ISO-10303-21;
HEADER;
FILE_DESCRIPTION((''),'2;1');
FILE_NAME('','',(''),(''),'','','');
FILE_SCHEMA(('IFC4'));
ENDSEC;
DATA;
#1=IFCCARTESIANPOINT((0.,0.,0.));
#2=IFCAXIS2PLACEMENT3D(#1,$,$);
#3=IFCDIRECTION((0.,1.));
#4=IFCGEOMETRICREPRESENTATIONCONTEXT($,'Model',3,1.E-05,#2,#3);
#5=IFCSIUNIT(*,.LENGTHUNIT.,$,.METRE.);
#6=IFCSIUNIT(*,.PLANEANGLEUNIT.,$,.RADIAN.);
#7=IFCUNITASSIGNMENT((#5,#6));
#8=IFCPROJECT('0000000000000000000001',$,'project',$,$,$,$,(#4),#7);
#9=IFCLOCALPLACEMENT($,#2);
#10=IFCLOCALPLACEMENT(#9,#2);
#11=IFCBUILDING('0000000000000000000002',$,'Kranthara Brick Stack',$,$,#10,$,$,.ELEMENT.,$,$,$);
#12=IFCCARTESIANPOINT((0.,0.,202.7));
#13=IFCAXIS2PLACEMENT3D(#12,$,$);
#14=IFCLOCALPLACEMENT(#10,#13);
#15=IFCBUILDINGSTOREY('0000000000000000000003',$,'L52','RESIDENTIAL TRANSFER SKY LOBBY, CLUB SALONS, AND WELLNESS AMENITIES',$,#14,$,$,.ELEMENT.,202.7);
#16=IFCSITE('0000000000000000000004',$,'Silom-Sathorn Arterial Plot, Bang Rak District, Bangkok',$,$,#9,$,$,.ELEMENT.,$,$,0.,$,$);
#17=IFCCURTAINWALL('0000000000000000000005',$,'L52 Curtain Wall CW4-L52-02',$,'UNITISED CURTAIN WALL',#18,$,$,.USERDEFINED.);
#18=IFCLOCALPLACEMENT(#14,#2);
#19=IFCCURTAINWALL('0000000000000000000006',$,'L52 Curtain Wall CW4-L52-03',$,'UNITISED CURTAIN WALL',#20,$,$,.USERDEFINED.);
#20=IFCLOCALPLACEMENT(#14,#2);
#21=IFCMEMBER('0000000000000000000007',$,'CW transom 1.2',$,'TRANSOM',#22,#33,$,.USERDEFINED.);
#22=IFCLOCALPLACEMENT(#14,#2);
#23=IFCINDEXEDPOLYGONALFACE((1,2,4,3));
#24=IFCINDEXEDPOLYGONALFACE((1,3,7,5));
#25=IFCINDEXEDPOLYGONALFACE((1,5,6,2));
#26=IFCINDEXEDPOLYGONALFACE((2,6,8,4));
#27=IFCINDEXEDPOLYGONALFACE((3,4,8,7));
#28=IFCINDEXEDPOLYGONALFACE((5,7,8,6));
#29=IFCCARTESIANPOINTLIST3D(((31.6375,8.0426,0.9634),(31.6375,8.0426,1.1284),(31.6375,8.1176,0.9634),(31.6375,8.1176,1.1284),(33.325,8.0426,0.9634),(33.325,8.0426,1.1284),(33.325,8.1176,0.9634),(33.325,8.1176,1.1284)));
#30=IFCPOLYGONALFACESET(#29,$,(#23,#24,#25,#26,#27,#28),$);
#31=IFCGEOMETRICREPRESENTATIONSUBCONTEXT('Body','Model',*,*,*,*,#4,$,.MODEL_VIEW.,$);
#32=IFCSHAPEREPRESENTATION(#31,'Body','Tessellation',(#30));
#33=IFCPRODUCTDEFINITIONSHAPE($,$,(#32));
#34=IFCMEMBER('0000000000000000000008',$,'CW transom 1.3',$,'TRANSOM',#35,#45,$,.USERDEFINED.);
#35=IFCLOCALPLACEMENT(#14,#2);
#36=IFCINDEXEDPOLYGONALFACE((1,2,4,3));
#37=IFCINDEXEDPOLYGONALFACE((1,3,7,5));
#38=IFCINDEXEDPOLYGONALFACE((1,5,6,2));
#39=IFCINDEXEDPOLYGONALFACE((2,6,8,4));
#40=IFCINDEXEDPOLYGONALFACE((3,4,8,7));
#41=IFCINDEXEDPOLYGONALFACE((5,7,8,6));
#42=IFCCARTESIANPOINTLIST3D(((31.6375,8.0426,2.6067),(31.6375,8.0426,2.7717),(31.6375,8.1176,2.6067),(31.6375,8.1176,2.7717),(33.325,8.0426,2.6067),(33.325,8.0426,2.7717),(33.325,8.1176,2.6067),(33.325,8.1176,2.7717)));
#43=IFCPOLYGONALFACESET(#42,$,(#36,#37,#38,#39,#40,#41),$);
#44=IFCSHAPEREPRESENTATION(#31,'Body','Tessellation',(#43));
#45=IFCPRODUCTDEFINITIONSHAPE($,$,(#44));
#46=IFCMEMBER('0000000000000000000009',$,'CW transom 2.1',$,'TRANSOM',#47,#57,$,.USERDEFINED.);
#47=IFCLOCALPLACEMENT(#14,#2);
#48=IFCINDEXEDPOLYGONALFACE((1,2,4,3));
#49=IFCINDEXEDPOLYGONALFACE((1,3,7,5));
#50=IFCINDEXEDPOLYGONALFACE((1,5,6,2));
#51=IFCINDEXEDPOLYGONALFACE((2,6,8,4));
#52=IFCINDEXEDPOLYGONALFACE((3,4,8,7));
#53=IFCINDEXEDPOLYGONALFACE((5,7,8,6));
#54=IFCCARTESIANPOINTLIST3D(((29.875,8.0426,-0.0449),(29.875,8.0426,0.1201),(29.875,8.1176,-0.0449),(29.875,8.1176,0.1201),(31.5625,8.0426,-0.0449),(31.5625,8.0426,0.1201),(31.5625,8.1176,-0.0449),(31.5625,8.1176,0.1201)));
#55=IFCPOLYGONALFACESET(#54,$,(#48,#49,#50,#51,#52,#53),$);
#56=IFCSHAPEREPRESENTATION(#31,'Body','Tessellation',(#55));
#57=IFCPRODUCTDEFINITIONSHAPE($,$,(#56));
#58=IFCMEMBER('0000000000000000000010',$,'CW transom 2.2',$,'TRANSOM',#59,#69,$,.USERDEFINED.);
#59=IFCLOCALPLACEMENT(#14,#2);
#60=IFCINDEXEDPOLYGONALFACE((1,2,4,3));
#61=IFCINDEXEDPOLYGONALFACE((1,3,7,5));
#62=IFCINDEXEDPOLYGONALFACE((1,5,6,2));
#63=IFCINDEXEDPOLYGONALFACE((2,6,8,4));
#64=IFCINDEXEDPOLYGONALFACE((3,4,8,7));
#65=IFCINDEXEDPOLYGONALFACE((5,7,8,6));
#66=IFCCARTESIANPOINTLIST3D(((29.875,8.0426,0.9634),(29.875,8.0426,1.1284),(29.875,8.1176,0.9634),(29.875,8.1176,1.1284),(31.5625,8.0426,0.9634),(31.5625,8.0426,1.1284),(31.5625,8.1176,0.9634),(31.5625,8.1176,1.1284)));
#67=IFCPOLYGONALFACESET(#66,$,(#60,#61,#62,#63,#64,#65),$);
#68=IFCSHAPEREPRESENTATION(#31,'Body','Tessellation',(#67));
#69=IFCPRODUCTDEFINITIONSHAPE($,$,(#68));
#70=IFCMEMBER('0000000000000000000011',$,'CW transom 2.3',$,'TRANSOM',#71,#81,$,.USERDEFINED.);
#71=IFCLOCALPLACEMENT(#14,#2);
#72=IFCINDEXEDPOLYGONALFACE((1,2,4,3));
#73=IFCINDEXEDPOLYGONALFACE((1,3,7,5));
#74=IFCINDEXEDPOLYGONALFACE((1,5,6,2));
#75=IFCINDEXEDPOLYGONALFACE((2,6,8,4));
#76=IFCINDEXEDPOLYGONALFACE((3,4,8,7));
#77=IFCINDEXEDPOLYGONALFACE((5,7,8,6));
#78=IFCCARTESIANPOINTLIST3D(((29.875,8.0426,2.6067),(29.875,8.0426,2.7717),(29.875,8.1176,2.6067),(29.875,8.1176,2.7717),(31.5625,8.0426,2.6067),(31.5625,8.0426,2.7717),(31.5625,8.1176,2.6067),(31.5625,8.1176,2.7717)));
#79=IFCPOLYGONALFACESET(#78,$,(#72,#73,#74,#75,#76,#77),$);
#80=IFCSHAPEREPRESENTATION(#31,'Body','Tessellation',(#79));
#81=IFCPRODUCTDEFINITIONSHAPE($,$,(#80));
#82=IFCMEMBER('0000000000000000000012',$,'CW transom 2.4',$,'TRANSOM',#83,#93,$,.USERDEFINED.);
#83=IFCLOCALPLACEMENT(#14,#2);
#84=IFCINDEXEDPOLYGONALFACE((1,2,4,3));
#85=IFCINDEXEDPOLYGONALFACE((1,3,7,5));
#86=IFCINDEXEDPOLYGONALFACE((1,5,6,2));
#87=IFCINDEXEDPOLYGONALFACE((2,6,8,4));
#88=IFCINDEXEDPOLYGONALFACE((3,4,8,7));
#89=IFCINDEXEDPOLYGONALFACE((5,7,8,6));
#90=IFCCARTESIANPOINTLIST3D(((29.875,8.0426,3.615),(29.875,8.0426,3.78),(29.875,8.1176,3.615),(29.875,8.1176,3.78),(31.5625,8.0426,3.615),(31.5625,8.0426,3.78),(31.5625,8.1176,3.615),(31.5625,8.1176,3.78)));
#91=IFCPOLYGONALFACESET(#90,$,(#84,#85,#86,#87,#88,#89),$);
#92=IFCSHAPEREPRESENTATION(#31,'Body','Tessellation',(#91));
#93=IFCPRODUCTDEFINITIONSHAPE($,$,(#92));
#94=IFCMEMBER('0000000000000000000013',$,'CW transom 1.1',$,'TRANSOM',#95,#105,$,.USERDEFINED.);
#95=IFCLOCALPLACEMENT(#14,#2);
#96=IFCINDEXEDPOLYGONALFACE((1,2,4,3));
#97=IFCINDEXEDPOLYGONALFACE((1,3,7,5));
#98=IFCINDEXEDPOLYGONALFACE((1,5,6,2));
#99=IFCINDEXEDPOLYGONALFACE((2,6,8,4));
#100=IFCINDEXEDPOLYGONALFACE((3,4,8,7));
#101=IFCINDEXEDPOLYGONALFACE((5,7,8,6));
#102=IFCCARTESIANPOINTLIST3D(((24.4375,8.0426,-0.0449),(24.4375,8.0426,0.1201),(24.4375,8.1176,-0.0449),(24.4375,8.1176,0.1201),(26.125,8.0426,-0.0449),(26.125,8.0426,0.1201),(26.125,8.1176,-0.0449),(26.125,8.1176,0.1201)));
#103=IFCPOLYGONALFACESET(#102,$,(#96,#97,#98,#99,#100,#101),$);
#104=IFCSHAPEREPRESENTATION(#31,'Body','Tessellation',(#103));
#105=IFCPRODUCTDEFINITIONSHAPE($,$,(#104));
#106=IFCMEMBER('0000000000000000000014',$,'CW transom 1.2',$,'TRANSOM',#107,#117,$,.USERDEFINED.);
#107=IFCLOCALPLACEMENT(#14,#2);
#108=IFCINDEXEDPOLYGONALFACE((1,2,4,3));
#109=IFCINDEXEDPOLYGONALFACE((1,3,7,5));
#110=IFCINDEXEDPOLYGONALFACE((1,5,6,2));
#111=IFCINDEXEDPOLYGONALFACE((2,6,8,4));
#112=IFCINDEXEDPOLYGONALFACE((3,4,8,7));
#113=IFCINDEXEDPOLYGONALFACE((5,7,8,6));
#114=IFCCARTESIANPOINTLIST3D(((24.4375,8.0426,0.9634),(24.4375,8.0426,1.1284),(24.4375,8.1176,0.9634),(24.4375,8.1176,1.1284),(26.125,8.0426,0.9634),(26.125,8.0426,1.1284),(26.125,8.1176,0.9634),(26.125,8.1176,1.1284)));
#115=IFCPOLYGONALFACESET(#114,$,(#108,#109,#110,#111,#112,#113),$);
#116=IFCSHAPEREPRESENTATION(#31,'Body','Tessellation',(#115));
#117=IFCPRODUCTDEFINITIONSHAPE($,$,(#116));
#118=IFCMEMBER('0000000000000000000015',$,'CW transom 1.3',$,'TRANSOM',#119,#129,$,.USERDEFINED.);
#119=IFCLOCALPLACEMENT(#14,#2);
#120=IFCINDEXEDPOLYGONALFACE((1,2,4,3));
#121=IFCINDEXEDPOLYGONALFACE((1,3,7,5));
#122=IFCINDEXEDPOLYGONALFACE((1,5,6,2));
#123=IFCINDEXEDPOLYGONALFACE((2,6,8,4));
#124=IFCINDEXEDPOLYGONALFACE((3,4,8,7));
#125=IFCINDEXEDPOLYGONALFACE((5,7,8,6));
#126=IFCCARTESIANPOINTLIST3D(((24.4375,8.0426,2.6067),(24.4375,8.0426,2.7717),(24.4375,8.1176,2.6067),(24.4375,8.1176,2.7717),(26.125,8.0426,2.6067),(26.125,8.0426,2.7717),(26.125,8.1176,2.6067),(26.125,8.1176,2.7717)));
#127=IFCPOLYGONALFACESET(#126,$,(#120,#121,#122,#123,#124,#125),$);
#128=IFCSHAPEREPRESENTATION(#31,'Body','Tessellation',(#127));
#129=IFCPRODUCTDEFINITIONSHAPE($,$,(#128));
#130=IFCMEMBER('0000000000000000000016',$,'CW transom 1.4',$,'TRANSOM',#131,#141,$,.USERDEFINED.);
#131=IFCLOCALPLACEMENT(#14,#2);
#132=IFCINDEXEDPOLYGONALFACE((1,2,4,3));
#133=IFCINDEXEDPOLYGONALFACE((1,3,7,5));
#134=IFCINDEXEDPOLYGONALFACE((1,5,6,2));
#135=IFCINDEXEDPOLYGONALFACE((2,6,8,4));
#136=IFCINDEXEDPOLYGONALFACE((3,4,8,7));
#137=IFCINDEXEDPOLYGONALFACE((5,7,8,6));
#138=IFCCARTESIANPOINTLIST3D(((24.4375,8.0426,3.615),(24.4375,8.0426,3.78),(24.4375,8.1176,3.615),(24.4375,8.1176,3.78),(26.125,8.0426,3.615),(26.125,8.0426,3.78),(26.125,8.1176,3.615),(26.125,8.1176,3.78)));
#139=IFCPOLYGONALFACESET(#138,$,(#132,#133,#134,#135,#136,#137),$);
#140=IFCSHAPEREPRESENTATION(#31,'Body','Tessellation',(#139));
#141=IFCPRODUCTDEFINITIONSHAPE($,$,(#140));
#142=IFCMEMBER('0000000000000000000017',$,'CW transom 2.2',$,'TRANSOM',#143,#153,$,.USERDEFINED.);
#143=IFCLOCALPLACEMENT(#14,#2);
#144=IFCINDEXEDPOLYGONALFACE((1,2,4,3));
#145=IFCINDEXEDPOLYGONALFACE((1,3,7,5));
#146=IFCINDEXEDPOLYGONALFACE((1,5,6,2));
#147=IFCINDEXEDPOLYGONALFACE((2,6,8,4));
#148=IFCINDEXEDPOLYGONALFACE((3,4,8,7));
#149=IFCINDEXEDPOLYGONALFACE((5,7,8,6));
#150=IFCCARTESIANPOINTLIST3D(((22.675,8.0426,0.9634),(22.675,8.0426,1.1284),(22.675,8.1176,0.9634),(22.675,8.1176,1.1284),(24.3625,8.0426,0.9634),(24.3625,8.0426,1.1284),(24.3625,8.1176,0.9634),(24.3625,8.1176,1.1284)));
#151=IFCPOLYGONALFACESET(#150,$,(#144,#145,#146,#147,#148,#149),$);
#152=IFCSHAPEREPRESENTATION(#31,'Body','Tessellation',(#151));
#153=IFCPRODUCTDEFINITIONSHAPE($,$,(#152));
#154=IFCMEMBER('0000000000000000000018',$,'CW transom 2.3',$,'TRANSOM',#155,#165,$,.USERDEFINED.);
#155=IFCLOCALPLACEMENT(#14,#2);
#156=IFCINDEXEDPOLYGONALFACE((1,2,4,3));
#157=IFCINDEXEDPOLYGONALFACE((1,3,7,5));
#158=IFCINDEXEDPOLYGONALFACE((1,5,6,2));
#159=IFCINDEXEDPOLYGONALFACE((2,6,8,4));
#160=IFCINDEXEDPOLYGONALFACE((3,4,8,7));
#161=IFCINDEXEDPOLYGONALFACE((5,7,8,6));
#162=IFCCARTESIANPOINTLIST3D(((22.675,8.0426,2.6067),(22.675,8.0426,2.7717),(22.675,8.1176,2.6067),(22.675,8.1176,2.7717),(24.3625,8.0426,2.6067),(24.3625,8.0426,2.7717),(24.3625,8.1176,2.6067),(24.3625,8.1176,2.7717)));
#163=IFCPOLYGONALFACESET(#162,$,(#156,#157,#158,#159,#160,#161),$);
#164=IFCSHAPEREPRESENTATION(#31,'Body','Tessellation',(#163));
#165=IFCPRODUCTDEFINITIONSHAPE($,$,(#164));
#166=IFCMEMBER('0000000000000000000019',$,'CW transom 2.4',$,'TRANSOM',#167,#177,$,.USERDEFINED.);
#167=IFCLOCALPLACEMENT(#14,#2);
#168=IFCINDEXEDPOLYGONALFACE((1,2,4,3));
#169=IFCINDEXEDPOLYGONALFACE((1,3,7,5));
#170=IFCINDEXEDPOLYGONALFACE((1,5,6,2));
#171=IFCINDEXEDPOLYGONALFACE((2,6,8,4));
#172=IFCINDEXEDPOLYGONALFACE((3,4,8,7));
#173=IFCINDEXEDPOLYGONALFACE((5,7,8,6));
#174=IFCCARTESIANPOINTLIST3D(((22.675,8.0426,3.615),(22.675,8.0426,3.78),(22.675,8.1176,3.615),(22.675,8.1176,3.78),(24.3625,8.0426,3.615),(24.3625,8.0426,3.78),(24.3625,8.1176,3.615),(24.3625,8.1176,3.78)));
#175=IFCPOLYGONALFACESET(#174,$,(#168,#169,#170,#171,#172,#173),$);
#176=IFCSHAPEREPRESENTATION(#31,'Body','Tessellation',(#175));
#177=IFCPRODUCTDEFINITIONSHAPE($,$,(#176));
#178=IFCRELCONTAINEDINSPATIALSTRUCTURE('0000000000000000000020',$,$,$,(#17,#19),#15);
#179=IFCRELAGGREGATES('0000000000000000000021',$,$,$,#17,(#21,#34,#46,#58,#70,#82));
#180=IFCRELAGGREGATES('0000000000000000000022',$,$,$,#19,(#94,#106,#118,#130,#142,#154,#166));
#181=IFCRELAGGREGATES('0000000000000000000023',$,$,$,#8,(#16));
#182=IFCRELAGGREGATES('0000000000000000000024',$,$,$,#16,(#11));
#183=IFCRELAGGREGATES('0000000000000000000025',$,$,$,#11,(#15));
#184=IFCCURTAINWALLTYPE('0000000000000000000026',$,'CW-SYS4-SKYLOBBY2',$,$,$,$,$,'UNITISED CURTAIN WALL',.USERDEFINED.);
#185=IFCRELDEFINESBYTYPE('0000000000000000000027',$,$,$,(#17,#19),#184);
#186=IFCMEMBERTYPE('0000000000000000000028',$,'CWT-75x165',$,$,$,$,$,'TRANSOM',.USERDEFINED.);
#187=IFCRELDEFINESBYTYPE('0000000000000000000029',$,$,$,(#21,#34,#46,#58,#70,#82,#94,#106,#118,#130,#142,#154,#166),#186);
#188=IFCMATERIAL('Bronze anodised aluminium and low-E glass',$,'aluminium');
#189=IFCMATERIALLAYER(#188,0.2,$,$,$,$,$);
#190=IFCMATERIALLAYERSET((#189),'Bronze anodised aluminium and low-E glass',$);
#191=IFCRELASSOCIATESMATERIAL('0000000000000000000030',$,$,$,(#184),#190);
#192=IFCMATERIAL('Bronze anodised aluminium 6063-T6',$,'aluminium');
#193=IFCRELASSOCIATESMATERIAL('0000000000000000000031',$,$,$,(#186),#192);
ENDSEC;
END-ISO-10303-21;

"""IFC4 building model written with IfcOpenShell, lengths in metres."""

from ifc_helpers import new_model, si_unit, direction, frame, origin, origin_2d, place, context, subcontext, project, spatial, rectangle, extrude, material, layer, layer_set, material_profile, profile_set, type_object, element, aggregate, save


model = new_model("IFC4")

# Units and contexts
model_context = context("Model", 3, precision=1e-05, world=origin(), true_north=direction((0.0, 1.0)))
body_context = subcontext(model_context, "Body", "Model", "MODEL_VIEW")
ifc_project = project(units=[si_unit("LENGTHUNIT", "METRE"), si_unit("PLANEANGLEUNIT", "RADIAN")], contexts=[model_context])

# Site, building, storey
site_placement = place(None, origin())
site = spatial("IfcSite", under=ifc_project, at=site_placement, Name="Silom-Sathorn Arterial Plot, Bang Rak District, Bangkok", CompositionType="ELEMENT", RefElevation=0.0)
building_placement = place(site_placement, origin())
building = spatial("IfcBuilding", under=site, at=building_placement, Name="Kranthara Brick Stack", CompositionType="ELEMENT")
storey_placement = place(building_placement, frame((0.0, 0.0, 202.7)))
storey = spatial("IfcBuildingStorey", under=building, at=storey_placement, Name="L52", Description="RESIDENTIAL TRANSFER SKY LOBBY, CLUB SALONS, AND WELLNESS AMENITIES", CompositionType="ELEMENT", Elevation=202.7)

# Curtain walls
ifc_material_1 = material(Name="Bronze anodised aluminium and low-E glass", Category="aluminium")
ifc_layer_1 = layer(ifc_material_1, 0.2)
ifc_layer_set_1 = layer_set([ifc_layer_1], Name="Bronze anodised aluminium and low-E glass")
curtain_wall_type = type_object("IfcCurtainWallType", Name="CW-SYS4-SKYLOBBY2", ElementType="UNITISED CURTAIN WALL", PredefinedType="USERDEFINED", material=ifc_layer_set_1)
curtain_wall_1_placement = place(storey_placement, origin())
curtain_wall_1 = element("IfcCurtainWall", 1, at=curtain_wall_1_placement, inside=storey, type_object=curtain_wall_type, Name="L52 Curtain Wall CW4-L52-02", ObjectType="UNITISED CURTAIN WALL", PredefinedType="USERDEFINED")
curtain_wall_2_placement = place(storey_placement, origin())
curtain_wall_2 = element("IfcCurtainWall", 2, at=curtain_wall_2_placement, inside=storey, type_object=curtain_wall_type, Name="L52 Curtain Wall CW4-L52-03", ObjectType="UNITISED CURTAIN WALL", PredefinedType="USERDEFINED")

# Members
ifc_material_2 = material(Name="Bronze anodised aluminium 6063-T6", Category="aluminium")
ifc_material_profile_1 = material_profile(ifc_material_2, rectangle(XDim=0.075, YDim=0.165, at=origin_2d()), Name="ALU TRANSOM 75x165")
ifc_profile_set_1 = profile_set([ifc_material_profile_1], Name="Bronze anodised aluminium 6063-T6")
member_type_1 = type_object("IfcMemberType", Name="CWT-75x165", ElementType="TRANSOM", PredefinedType="USERDEFINED", material=ifc_profile_set_1)
member_1_placement = place(storey_placement, frame((33.325, 8.0801, 1.0459), z_axis=(-1.0, 0.0, 0.0), x_axis=(0.0, -1.0, 0.0)))
member_1 = element("IfcMember", 3, at=member_1_placement, type_object=member_type_1, Name="CW transom 1.2", ObjectType="TRANSOM", PredefinedType="USERDEFINED", context=body_context, shape_type="SweptSolid", body=[
    extrude(rectangle(XDim=0.075, YDim=0.165, at=origin_2d()), origin(), (0.0, 0.0, 1.0), 1.6875),
])
member_2_placement = place(storey_placement, frame((33.325, 8.0801, 2.6892), z_axis=(-1.0, 0.0, 0.0), x_axis=(0.0, -1.0, 0.0)))
member_2 = element("IfcMember", 4, at=member_2_placement, type_object=member_type_1, Name="CW transom 1.3", ObjectType="TRANSOM", PredefinedType="USERDEFINED", context=body_context, shape_type="SweptSolid", body=[
    extrude(rectangle(XDim=0.075, YDim=0.165, at=origin_2d()), origin(), (0.0, 0.0, 1.0), 1.6875),
])
member_3_placement = place(storey_placement, frame((31.5625, 8.0801, 0.0376), z_axis=(-1.0, 0.0, 0.0), x_axis=(0.0, -1.0, 0.0)))
member_3 = element("IfcMember", 5, at=member_3_placement, type_object=member_type_1, Name="CW transom 2.1", ObjectType="TRANSOM", PredefinedType="USERDEFINED", context=body_context, shape_type="SweptSolid", body=[
    extrude(rectangle(XDim=0.075, YDim=0.165, at=origin_2d()), origin(), (0.0, 0.0, 1.0), 1.6875),
])
member_4_placement = place(storey_placement, frame((31.5625, 8.0801, 1.0459), z_axis=(-1.0, 0.0, 0.0), x_axis=(0.0, -1.0, 0.0)))
member_4 = element("IfcMember", 6, at=member_4_placement, type_object=member_type_1, Name="CW transom 2.2", ObjectType="TRANSOM", PredefinedType="USERDEFINED", context=body_context, shape_type="SweptSolid", body=[
    extrude(rectangle(XDim=0.075, YDim=0.165, at=origin_2d()), origin(), (0.0, 0.0, 1.0), 1.6875),
])
member_5_placement = place(storey_placement, frame((31.5625, 8.0801, 2.6892), z_axis=(-1.0, 0.0, 0.0), x_axis=(0.0, -1.0, 0.0)))
member_5 = element("IfcMember", 7, at=member_5_placement, type_object=member_type_1, Name="CW transom 2.3", ObjectType="TRANSOM", PredefinedType="USERDEFINED", context=body_context, shape_type="SweptSolid", body=[
    extrude(rectangle(XDim=0.075, YDim=0.165, at=origin_2d()), origin(), (0.0, 0.0, 1.0), 1.6875),
])
member_6_placement = place(storey_placement, frame((31.5625, 8.0801, 3.6975), z_axis=(-1.0, 0.0, 0.0), x_axis=(0.0, -1.0, 0.0)))
member_6 = element("IfcMember", 8, at=member_6_placement, type_object=member_type_1, Name="CW transom 2.4", ObjectType="TRANSOM", PredefinedType="USERDEFINED", context=body_context, shape_type="SweptSolid", body=[
    extrude(rectangle(XDim=0.075, YDim=0.165, at=origin_2d()), origin(), (0.0, 0.0, 1.0), 1.6875),
])
member_7_placement = place(storey_placement, frame((26.125, 8.0801, 0.0376), z_axis=(-1.0, 0.0, 0.0), x_axis=(0.0, -1.0, 0.0)))
member_7 = element("IfcMember", 9, at=member_7_placement, type_object=member_type_1, Name="CW transom 1.1", ObjectType="TRANSOM", PredefinedType="USERDEFINED", context=body_context, shape_type="SweptSolid", body=[
    extrude(rectangle(XDim=0.075, YDim=0.165, at=origin_2d()), origin(), (0.0, 0.0, 1.0), 1.6875),
])
member_8_placement = place(storey_placement, frame((26.125, 8.0801, 1.0459), z_axis=(-1.0, 0.0, 0.0), x_axis=(0.0, -1.0, 0.0)))
member_8 = element("IfcMember", 10, at=member_8_placement, type_object=member_type_1, Name="CW transom 1.2", ObjectType="TRANSOM", PredefinedType="USERDEFINED", context=body_context, shape_type="SweptSolid", body=[
    extrude(rectangle(XDim=0.075, YDim=0.165, at=origin_2d()), origin(), (0.0, 0.0, 1.0), 1.6875),
])
member_9_placement = place(storey_placement, frame((26.125, 8.0801, 2.6892), z_axis=(-1.0, 0.0, 0.0), x_axis=(0.0, -1.0, 0.0)))
member_9 = element("IfcMember", 11, at=member_9_placement, type_object=member_type_1, Name="CW transom 1.3", ObjectType="TRANSOM", PredefinedType="USERDEFINED", context=body_context, shape_type="SweptSolid", body=[
    extrude(rectangle(XDim=0.075, YDim=0.165, at=origin_2d()), origin(), (0.0, 0.0, 1.0), 1.6875),
])
member_10_placement = place(storey_placement, frame((26.125, 8.0801, 3.6975), z_axis=(-1.0, 0.0, 0.0), x_axis=(0.0, -1.0, 0.0)))
member_10 = element("IfcMember", 12, at=member_10_placement, type_object=member_type_1, Name="CW transom 1.4", ObjectType="TRANSOM", PredefinedType="USERDEFINED", context=body_context, shape_type="SweptSolid", body=[
    extrude(rectangle(XDim=0.075, YDim=0.165, at=origin_2d()), origin(), (0.0, 0.0, 1.0), 1.6875),
])
member_11_placement = place(storey_placement, frame((24.3625, 8.0801, 1.0459), z_axis=(-1.0, 0.0, 0.0), x_axis=(0.0, -1.0, 0.0)))
member_11 = element("IfcMember", 13, at=member_11_placement, type_object=member_type_1, Name="CW transom 2.2", ObjectType="TRANSOM", PredefinedType="USERDEFINED", context=body_context, shape_type="SweptSolid", body=[
    extrude(rectangle(XDim=0.075, YDim=0.165, at=origin_2d()), origin(), (0.0, 0.0, 1.0), 1.6875),
])
member_12_placement = place(storey_placement, frame((24.3625, 8.0801, 2.6892), z_axis=(-1.0, 0.0, 0.0), x_axis=(0.0, -1.0, 0.0)))
member_12 = element("IfcMember", 14, at=member_12_placement, type_object=member_type_1, Name="CW transom 2.3", ObjectType="TRANSOM", PredefinedType="USERDEFINED", context=body_context, shape_type="SweptSolid", body=[
    extrude(rectangle(XDim=0.075, YDim=0.165, at=origin_2d()), origin(), (0.0, 0.0, 1.0), 1.6875),
])
member_13_placement = place(storey_placement, frame((24.3625, 8.0801, 3.6975), z_axis=(-1.0, 0.0, 0.0), x_axis=(0.0, -1.0, 0.0)))
member_13 = element("IfcMember", 15, at=member_13_placement, type_object=member_type_1, Name="CW transom 2.4", ObjectType="TRANSOM", PredefinedType="USERDEFINED", context=body_context, shape_type="SweptSolid", body=[
    extrude(rectangle(XDim=0.075, YDim=0.165, at=origin_2d()), origin(), (0.0, 0.0, 1.0), 1.6875),
])

aggregate(curtain_wall_1, [member_1, member_2, member_3, member_4, member_5, member_6])
aggregate(curtain_wall_2, [member_7, member_8, member_9, member_10, member_11, member_12, member_13])

save(model, "model.ifc")
